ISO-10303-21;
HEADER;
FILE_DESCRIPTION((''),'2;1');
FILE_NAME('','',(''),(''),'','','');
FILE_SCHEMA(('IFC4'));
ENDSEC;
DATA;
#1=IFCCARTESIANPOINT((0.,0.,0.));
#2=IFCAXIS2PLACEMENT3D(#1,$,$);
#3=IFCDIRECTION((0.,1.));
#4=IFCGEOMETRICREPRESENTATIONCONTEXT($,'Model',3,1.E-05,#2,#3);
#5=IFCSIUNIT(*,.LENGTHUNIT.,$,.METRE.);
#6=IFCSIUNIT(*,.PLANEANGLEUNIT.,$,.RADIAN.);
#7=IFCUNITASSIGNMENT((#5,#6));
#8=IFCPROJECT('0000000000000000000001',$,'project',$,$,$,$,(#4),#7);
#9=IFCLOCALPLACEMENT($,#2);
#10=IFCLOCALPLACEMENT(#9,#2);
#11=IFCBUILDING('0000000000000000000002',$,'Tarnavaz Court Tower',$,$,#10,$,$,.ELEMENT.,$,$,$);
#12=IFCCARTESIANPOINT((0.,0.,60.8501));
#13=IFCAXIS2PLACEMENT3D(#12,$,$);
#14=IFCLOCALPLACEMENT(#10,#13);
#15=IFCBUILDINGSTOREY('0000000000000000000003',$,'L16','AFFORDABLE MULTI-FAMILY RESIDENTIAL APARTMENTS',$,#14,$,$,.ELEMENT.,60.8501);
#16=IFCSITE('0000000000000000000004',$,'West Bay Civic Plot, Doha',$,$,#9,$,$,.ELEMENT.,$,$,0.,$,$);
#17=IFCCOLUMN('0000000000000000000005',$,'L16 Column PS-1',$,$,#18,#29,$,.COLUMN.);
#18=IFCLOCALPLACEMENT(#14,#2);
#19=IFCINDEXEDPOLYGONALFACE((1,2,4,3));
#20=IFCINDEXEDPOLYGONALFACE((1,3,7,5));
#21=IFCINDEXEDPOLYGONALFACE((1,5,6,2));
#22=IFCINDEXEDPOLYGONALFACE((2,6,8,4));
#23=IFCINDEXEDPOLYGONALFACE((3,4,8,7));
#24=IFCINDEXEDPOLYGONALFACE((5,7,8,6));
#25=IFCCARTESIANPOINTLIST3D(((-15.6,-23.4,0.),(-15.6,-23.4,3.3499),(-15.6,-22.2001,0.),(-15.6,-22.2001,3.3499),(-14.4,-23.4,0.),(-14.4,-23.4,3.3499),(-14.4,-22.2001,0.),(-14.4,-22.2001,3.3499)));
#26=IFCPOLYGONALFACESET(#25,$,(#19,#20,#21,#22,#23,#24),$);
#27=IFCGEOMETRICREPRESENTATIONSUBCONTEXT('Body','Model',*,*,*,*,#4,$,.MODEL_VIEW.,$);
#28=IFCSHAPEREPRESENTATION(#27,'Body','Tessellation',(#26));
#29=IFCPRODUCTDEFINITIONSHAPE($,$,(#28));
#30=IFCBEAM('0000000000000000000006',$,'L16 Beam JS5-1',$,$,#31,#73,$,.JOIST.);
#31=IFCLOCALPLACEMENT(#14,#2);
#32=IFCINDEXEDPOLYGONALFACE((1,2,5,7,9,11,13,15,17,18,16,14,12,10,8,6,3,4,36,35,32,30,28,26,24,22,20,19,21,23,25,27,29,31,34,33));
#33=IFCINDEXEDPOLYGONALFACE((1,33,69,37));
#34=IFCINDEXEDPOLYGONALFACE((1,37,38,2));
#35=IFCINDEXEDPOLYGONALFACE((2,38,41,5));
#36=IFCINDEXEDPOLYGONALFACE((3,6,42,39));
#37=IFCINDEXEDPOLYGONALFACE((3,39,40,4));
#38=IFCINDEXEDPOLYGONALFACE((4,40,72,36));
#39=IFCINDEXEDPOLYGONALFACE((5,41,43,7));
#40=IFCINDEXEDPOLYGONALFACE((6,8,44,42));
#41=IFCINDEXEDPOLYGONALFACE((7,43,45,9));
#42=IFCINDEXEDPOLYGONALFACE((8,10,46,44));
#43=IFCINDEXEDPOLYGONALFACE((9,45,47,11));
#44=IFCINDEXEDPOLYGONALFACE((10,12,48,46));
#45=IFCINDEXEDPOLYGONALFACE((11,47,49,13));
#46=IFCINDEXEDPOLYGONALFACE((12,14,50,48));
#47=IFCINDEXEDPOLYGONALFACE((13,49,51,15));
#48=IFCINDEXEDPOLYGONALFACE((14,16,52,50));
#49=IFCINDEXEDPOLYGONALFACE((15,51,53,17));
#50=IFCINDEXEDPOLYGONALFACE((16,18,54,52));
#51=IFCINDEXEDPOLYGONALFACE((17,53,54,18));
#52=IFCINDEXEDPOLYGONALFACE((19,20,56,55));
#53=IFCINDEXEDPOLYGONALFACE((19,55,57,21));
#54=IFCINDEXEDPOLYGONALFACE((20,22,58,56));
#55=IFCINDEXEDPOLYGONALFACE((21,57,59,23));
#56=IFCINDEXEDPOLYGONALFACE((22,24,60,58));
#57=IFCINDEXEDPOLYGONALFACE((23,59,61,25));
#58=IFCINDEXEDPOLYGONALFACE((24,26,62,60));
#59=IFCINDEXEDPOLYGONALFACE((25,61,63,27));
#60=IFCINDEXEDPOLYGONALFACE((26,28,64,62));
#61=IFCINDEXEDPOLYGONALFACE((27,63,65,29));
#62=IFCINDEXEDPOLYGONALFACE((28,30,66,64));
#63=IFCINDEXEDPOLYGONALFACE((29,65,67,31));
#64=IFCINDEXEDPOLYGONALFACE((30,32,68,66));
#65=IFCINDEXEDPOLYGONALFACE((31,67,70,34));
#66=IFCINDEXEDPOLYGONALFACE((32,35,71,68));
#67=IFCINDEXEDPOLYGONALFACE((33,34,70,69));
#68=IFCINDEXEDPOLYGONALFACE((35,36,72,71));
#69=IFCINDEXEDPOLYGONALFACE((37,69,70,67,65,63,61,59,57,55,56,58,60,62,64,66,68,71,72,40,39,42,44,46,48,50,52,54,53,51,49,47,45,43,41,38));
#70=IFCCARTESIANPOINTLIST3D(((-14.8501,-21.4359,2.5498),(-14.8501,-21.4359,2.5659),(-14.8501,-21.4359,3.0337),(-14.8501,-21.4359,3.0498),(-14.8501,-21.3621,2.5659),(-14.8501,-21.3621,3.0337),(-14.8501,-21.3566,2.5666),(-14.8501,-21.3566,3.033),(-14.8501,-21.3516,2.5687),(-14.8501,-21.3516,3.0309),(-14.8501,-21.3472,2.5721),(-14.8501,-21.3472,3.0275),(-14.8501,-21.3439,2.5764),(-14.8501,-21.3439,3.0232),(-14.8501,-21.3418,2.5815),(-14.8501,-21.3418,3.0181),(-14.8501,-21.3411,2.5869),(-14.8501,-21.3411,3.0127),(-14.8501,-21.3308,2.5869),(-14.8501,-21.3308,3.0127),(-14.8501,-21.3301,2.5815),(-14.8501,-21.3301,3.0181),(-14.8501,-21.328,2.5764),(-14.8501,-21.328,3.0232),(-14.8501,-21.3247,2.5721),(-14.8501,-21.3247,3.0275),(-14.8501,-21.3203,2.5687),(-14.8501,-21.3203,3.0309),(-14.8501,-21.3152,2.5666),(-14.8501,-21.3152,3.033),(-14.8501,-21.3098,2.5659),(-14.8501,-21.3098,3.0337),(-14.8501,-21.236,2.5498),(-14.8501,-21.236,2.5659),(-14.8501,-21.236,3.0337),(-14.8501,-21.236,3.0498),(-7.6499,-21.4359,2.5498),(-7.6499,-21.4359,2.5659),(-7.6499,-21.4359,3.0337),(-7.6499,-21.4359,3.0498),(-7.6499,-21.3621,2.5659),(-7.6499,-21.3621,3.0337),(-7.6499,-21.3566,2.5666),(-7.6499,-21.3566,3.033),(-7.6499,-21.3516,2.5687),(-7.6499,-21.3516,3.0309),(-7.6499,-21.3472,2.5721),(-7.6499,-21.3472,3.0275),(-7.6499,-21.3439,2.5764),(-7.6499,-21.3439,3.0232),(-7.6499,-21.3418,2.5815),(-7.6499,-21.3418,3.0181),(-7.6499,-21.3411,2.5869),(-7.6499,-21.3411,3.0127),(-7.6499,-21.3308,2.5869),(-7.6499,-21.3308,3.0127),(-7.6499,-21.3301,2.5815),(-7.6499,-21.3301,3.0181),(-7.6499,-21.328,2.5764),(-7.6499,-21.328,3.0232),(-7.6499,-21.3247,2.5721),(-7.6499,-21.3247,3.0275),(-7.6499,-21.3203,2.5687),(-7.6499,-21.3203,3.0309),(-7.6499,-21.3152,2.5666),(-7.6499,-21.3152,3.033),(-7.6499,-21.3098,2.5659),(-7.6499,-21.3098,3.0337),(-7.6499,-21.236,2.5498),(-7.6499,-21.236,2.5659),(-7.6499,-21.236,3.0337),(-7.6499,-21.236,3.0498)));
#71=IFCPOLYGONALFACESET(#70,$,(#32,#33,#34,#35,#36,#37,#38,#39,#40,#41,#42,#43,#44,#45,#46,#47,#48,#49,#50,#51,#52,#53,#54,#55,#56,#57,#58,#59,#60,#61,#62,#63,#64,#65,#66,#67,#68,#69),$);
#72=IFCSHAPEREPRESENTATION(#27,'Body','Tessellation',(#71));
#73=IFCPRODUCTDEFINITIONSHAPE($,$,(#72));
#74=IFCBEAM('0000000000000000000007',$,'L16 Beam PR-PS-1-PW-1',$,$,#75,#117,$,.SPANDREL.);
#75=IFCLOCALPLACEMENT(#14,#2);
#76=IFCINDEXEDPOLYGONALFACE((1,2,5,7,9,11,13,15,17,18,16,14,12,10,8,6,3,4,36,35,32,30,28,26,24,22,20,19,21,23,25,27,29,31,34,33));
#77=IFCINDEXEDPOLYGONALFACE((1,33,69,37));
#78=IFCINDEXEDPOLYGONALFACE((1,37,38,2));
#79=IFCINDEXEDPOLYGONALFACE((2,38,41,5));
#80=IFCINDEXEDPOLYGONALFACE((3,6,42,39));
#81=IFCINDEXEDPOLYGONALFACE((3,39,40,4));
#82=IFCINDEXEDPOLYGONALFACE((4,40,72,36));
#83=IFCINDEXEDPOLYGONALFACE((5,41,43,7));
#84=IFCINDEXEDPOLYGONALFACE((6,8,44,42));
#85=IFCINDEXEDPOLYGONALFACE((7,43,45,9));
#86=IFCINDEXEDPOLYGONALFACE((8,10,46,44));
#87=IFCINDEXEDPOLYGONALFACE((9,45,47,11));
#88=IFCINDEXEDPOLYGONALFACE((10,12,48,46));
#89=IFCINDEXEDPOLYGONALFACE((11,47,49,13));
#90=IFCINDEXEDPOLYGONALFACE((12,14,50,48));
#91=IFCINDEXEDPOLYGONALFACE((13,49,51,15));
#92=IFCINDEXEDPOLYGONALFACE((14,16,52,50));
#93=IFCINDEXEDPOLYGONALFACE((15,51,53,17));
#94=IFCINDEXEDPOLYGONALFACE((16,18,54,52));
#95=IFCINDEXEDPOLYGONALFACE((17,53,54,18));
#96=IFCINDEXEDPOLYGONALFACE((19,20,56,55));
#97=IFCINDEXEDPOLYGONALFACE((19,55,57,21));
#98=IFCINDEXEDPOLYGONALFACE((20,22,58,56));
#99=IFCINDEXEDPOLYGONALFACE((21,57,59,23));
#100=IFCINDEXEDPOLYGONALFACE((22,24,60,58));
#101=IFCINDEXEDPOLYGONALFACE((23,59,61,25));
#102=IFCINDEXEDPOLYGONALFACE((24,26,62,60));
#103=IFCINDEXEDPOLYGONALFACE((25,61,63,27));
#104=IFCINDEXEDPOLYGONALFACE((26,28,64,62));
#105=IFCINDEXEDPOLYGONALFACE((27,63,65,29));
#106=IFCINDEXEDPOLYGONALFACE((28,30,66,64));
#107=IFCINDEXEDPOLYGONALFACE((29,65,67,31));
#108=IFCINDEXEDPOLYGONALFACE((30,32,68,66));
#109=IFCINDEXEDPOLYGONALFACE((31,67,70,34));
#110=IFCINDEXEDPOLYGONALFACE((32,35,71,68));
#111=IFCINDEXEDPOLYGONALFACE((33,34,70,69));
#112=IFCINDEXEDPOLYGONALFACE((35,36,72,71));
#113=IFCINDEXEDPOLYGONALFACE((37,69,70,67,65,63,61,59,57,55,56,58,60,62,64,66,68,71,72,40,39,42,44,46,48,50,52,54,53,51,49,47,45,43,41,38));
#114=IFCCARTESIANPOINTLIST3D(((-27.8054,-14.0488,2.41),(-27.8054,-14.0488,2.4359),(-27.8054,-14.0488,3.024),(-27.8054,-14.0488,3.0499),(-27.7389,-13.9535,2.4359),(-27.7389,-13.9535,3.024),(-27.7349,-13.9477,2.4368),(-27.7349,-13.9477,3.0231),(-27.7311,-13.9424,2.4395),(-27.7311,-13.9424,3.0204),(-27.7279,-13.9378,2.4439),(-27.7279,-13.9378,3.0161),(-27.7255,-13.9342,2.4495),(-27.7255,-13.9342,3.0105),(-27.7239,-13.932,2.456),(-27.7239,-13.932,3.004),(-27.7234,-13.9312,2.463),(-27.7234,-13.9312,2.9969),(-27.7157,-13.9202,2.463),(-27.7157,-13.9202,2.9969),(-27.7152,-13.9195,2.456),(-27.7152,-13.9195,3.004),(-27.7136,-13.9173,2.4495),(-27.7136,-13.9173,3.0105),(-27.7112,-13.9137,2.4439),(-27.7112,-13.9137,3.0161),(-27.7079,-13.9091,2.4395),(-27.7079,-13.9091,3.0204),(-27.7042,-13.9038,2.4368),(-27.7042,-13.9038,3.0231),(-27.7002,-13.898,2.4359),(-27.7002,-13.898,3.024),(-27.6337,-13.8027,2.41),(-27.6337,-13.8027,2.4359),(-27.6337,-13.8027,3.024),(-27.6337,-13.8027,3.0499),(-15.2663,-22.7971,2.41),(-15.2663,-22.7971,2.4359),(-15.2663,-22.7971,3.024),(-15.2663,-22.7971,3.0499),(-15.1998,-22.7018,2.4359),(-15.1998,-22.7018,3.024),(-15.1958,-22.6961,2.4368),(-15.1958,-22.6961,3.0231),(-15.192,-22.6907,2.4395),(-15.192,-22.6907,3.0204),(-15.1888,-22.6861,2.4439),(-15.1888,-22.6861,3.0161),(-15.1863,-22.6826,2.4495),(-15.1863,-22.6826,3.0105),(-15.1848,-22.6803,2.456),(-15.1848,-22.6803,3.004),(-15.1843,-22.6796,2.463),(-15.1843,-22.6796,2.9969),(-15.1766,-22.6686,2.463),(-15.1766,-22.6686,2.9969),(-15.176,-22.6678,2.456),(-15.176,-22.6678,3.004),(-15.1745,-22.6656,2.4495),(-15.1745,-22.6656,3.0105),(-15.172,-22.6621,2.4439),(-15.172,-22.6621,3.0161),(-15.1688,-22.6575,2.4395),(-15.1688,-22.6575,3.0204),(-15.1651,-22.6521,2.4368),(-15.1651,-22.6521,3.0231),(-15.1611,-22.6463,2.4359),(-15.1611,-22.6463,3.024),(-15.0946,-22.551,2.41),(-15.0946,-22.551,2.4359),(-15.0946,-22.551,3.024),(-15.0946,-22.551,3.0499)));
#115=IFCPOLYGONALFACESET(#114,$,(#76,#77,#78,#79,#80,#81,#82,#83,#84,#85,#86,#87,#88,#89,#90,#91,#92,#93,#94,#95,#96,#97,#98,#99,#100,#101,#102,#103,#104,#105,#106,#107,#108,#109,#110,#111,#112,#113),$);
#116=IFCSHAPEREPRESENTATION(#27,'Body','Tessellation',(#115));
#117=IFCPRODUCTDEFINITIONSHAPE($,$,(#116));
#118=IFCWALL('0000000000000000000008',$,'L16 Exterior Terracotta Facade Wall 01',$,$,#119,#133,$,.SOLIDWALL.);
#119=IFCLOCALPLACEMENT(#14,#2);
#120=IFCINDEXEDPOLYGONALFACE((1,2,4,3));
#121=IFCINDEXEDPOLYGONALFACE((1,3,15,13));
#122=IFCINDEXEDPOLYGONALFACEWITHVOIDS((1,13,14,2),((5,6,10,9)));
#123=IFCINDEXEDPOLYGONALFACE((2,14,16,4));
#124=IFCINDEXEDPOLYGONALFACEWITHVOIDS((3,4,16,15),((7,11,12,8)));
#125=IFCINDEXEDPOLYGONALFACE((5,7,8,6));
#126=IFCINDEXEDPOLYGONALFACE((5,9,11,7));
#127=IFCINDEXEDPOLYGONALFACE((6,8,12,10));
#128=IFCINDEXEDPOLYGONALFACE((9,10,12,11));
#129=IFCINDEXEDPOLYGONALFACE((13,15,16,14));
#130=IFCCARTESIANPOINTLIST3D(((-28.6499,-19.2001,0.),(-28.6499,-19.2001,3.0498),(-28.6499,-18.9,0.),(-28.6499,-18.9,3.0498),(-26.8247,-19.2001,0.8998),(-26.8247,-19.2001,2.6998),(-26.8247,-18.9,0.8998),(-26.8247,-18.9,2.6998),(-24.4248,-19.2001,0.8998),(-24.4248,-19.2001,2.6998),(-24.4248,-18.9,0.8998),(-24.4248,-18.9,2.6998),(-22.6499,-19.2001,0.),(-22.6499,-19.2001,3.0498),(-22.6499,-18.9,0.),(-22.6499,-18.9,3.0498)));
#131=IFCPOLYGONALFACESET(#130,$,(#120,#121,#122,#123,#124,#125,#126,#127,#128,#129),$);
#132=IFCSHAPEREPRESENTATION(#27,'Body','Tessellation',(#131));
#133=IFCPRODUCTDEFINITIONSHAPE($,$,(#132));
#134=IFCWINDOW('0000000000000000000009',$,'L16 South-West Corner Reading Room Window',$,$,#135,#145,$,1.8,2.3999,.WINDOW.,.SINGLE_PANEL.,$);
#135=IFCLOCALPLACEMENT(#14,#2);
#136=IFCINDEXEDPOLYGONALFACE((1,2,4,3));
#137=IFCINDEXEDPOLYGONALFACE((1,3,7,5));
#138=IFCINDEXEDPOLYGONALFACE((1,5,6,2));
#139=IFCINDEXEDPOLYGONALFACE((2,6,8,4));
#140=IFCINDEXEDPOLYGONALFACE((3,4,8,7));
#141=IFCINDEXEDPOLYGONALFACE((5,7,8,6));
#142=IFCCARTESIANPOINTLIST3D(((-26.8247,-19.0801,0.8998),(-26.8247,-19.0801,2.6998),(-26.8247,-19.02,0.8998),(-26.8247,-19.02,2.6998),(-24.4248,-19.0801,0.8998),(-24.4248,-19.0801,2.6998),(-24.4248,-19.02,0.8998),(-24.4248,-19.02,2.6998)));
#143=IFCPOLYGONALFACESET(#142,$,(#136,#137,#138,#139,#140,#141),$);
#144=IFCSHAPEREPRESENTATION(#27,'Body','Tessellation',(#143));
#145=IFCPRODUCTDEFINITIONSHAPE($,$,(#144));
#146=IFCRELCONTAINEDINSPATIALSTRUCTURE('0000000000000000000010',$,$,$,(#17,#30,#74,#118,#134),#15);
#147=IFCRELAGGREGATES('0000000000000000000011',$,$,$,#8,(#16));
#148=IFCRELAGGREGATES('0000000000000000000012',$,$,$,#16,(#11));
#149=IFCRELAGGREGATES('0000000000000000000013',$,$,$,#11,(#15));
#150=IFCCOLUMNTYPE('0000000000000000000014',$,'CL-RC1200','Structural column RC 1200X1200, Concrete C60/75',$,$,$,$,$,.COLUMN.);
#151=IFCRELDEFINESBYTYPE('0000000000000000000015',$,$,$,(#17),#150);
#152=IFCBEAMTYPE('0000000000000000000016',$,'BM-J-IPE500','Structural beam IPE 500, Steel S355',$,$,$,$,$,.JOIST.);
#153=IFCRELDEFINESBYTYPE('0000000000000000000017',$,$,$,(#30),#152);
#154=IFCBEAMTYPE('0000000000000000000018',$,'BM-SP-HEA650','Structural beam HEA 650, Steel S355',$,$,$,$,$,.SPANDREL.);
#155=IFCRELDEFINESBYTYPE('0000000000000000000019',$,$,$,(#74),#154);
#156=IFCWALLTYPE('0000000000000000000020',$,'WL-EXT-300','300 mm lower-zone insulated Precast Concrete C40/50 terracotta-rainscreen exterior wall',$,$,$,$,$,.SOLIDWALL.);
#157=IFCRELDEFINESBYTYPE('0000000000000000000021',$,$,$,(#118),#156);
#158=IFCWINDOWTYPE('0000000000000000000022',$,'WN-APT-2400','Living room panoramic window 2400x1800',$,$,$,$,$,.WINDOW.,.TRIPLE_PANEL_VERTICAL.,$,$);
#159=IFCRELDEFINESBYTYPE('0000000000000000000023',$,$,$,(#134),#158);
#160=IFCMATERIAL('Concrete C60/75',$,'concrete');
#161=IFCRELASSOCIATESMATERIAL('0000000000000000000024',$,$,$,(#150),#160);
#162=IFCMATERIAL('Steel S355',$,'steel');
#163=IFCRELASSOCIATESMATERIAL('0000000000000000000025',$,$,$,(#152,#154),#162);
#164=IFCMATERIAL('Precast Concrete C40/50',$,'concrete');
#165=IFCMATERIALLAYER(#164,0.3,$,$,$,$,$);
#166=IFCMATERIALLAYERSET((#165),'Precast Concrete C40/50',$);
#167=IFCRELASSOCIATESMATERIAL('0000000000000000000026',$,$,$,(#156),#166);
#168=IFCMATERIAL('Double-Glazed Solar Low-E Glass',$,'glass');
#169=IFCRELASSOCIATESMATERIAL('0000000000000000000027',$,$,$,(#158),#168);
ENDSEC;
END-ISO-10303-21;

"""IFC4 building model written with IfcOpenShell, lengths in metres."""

from ifc_helpers import new_model, si_unit, direction, frame, frame_2d, origin, origin_2d, place, context, subcontext, project, spatial, rectangle, i_section, extrude, material, layer, layer_set, material_profile, profile_set, type_object, element, fill, save


model = new_model("IFC4")

# Units and contexts
model_context = context("Model", 3, precision=1e-05, world=origin(), true_north=direction((0.0, 1.0)))
body_context = subcontext(model_context, "Body", "Model", "MODEL_VIEW")
ifc_project = project(units=[si_unit("LENGTHUNIT", "METRE"), si_unit("PLANEANGLEUNIT", "RADIAN")], contexts=[model_context])

# Site, building, storey
site_placement = place(None, origin())
site = spatial("IfcSite", under=ifc_project, at=site_placement, Name="West Bay Civic Plot, Doha", CompositionType="ELEMENT", RefElevation=0.0)
building_placement = place(site_placement, origin())
building = spatial("IfcBuilding", under=site, at=building_placement, Name="Tarnavaz Court Tower", CompositionType="ELEMENT")
storey_placement = place(building_placement, frame((0.0, 0.0, 60.8501)))
storey = spatial("IfcBuildingStorey", under=building, at=storey_placement, Name="L16", Description="AFFORDABLE MULTI-FAMILY RESIDENTIAL APARTMENTS", CompositionType="ELEMENT", Elevation=60.8501)

# Column
ifc_material_1 = material(Name="Concrete C60/75", Category="concrete")
ifc_material_profile_1 = material_profile(ifc_material_1, rectangle(XDim=1.2, YDim=1.2, at=origin_2d()), Name="RC 1200X1200")
ifc_profile_set_1 = profile_set([ifc_material_profile_1], Name="Concrete C60/75")
column_type = type_object("IfcColumnType", Name="CL-RC1200", Description="Structural column RC 1200X1200, Concrete C60/75", PredefinedType="COLUMN", material=ifc_profile_set_1)
column_placement = place(storey_placement, frame((-15.0, -22.8, 0.0), z_axis=(0.0, 0.0, 1.0), x_axis=(1.0, 0.0, 0.0)))
element("IfcColumn", 1, at=column_placement, inside=storey, type_object=column_type, Name="L16 Column PS-1", PredefinedType="COLUMN", context=body_context, shape_type="SweptSolid", body=[
    extrude(rectangle(XDim=1.2, YDim=1.2, at=origin_2d()), origin(), (0.0, 0.0, 1.0), 3.3499),
])

# Beams
ifc_material_2 = material(Name="Steel S355", Category="steel")
ifc_material_profile_2 = material_profile(ifc_material_2, i_section(OverallWidth=0.2, OverallDepth=0.5, WebThickness=0.0103, FlangeThickness=0.0161, FilletRadius=0.021, at=origin_2d()), Name="IPE 500")
ifc_profile_set_2 = profile_set([ifc_material_profile_2], Name="Steel S355")
beam_type_1 = type_object("IfcBeamType", Name="BM-J-IPE500", Description="Structural beam IPE 500, Steel S355", PredefinedType="JOIST", material=ifc_profile_set_2)
beam_1_placement = place(storey_placement, frame((-14.8501, -21.3359, 2.7998), z_axis=(1.0, 0.0, 0.0), x_axis=(0.0, 1.0, 0.0)))
element("IfcBeam", 2, at=beam_1_placement, inside=storey, type_object=beam_type_1, Name="L16 Beam JS5-1", PredefinedType="JOIST", context=body_context, shape_type="SweptSolid", body=[
    extrude(i_section(OverallWidth=0.2, OverallDepth=0.5, WebThickness=0.0103, FlangeThickness=0.0161, FilletRadius=0.021, at=origin_2d()), origin(), (0.0, 0.0, 1.0), 7.2002),
])
ifc_material_profile_3 = material_profile(ifc_material_2, i_section(OverallWidth=0.3, OverallDepth=0.6399, WebThickness=0.0134, FlangeThickness=0.0259, FilletRadius=0.0271, at=origin_2d()), Name="HEA 650")
ifc_profile_set_3 = profile_set([ifc_material_profile_3], Name="Steel S355")
beam_type_2 = type_object("IfcBeamType", Name="BM-SP-HEA650", Description="Structural beam HEA 650, Steel S355", PredefinedType="SPANDREL", material=ifc_profile_set_3)
beam_2_placement = place(storey_placement, frame((-15.1804, -22.6741, 2.73), z_axis=(-0.820124, 0.572186, 0.0), x_axis=(-0.572186, -0.820124, 0.0)))
element("IfcBeam", 3, at=beam_2_placement, inside=storey, type_object=beam_type_2, Name="L16 Beam PR-PS-1-PW-1", PredefinedType="SPANDREL", context=body_context, shape_type="SweptSolid", body=[
    extrude(i_section(OverallWidth=0.3, OverallDepth=0.6399, WebThickness=0.0134, FlangeThickness=0.0259, FilletRadius=0.0271, at=origin_2d()), origin(), (0.0, 0.0, 1.0), 15.2893),
])

# Wall, opening, window
ifc_material_3 = material(Name="Precast Concrete C40/50", Category="concrete")
ifc_layer_1 = layer(ifc_material_3, 0.3)
ifc_layer_set_1 = layer_set([ifc_layer_1], Name="Precast Concrete C40/50")
wall_type_1 = type_object("IfcWallType", Name="WL-EXT-300", Description="300 mm lower-zone insulated Precast Concrete C40/50 terracotta-rainscreen exterior wall", PredefinedType="SOLIDWALL", material=ifc_layer_set_1)
wall_1_placement = place(storey_placement, frame((-22.6499, -19.05, 0.0), z_axis=(0.0, 0.0, 1.0), x_axis=(-1.0, 0.0, 0.0)))
wall_1 = element("IfcWall", 4, at=wall_1_placement, inside=storey, type_object=wall_type_1, Name="L16 Exterior Terracotta Facade Wall 01", PredefinedType="SOLIDWALL", context=body_context, shape_type="SweptSolid", body=[
    extrude(rectangle(XDim=6.0, YDim=0.3, at=frame_2d((3.0, 0.0))), origin(), (0.0, 0.0, 1.0), 3.0498),
])
opening_1_placement = place(wall_1_placement, frame((1.7749, 0.0, 0.8999)))
opening_1 = element("IfcOpeningElement", 5, at=opening_1_placement, cuts=wall_1, PredefinedType="OPENING", context=body_context, shape_type="SweptSolid", body=[
    extrude(rectangle(XDim=2.3999, YDim=1.8, at=frame_2d((1.2, 0.8999))), frame((0.0, 0.1599, 0.0), z_axis=(0.0, -1.0, 0.0), x_axis=(1.0, 0.0, 0.0)), (0.0, 0.0, 1.0), 0.3201),
])
ifc_material_4 = material(Name="Double-Glazed Solar Low-E Glass", Category="glass")
window_type_1 = type_object("IfcWindowType", Name="WN-APT-2400", Description="Living room panoramic window 2400x1800", PartitioningType="TRIPLE_PANEL_VERTICAL", PredefinedType="WINDOW", material=ifc_material_4)
window_1_placement = place(opening_1_placement, origin())
window_1 = element("IfcWindow", 6, at=window_1_placement, inside=storey, type_object=window_type_1, Name="L16 South-West Corner Reading Room Window", OverallHeight=1.8, OverallWidth=2.3999, PartitioningType="SINGLE_PANEL", PredefinedType="WINDOW", context=body_context, shape_type="SweptSolid", body=[
    extrude(rectangle(XDim=2.3999, YDim=1.8, at=frame_2d((1.2, 0.8999))), frame((0.0, 0.03, 0.0), z_axis=(0.0, -1.0, 0.0), x_axis=(1.0, 0.0, 0.0)), (0.0, 0.0, 1.0), 0.0601),
])
fill(opening_1, window_1)

save(model, "model.ifc")
